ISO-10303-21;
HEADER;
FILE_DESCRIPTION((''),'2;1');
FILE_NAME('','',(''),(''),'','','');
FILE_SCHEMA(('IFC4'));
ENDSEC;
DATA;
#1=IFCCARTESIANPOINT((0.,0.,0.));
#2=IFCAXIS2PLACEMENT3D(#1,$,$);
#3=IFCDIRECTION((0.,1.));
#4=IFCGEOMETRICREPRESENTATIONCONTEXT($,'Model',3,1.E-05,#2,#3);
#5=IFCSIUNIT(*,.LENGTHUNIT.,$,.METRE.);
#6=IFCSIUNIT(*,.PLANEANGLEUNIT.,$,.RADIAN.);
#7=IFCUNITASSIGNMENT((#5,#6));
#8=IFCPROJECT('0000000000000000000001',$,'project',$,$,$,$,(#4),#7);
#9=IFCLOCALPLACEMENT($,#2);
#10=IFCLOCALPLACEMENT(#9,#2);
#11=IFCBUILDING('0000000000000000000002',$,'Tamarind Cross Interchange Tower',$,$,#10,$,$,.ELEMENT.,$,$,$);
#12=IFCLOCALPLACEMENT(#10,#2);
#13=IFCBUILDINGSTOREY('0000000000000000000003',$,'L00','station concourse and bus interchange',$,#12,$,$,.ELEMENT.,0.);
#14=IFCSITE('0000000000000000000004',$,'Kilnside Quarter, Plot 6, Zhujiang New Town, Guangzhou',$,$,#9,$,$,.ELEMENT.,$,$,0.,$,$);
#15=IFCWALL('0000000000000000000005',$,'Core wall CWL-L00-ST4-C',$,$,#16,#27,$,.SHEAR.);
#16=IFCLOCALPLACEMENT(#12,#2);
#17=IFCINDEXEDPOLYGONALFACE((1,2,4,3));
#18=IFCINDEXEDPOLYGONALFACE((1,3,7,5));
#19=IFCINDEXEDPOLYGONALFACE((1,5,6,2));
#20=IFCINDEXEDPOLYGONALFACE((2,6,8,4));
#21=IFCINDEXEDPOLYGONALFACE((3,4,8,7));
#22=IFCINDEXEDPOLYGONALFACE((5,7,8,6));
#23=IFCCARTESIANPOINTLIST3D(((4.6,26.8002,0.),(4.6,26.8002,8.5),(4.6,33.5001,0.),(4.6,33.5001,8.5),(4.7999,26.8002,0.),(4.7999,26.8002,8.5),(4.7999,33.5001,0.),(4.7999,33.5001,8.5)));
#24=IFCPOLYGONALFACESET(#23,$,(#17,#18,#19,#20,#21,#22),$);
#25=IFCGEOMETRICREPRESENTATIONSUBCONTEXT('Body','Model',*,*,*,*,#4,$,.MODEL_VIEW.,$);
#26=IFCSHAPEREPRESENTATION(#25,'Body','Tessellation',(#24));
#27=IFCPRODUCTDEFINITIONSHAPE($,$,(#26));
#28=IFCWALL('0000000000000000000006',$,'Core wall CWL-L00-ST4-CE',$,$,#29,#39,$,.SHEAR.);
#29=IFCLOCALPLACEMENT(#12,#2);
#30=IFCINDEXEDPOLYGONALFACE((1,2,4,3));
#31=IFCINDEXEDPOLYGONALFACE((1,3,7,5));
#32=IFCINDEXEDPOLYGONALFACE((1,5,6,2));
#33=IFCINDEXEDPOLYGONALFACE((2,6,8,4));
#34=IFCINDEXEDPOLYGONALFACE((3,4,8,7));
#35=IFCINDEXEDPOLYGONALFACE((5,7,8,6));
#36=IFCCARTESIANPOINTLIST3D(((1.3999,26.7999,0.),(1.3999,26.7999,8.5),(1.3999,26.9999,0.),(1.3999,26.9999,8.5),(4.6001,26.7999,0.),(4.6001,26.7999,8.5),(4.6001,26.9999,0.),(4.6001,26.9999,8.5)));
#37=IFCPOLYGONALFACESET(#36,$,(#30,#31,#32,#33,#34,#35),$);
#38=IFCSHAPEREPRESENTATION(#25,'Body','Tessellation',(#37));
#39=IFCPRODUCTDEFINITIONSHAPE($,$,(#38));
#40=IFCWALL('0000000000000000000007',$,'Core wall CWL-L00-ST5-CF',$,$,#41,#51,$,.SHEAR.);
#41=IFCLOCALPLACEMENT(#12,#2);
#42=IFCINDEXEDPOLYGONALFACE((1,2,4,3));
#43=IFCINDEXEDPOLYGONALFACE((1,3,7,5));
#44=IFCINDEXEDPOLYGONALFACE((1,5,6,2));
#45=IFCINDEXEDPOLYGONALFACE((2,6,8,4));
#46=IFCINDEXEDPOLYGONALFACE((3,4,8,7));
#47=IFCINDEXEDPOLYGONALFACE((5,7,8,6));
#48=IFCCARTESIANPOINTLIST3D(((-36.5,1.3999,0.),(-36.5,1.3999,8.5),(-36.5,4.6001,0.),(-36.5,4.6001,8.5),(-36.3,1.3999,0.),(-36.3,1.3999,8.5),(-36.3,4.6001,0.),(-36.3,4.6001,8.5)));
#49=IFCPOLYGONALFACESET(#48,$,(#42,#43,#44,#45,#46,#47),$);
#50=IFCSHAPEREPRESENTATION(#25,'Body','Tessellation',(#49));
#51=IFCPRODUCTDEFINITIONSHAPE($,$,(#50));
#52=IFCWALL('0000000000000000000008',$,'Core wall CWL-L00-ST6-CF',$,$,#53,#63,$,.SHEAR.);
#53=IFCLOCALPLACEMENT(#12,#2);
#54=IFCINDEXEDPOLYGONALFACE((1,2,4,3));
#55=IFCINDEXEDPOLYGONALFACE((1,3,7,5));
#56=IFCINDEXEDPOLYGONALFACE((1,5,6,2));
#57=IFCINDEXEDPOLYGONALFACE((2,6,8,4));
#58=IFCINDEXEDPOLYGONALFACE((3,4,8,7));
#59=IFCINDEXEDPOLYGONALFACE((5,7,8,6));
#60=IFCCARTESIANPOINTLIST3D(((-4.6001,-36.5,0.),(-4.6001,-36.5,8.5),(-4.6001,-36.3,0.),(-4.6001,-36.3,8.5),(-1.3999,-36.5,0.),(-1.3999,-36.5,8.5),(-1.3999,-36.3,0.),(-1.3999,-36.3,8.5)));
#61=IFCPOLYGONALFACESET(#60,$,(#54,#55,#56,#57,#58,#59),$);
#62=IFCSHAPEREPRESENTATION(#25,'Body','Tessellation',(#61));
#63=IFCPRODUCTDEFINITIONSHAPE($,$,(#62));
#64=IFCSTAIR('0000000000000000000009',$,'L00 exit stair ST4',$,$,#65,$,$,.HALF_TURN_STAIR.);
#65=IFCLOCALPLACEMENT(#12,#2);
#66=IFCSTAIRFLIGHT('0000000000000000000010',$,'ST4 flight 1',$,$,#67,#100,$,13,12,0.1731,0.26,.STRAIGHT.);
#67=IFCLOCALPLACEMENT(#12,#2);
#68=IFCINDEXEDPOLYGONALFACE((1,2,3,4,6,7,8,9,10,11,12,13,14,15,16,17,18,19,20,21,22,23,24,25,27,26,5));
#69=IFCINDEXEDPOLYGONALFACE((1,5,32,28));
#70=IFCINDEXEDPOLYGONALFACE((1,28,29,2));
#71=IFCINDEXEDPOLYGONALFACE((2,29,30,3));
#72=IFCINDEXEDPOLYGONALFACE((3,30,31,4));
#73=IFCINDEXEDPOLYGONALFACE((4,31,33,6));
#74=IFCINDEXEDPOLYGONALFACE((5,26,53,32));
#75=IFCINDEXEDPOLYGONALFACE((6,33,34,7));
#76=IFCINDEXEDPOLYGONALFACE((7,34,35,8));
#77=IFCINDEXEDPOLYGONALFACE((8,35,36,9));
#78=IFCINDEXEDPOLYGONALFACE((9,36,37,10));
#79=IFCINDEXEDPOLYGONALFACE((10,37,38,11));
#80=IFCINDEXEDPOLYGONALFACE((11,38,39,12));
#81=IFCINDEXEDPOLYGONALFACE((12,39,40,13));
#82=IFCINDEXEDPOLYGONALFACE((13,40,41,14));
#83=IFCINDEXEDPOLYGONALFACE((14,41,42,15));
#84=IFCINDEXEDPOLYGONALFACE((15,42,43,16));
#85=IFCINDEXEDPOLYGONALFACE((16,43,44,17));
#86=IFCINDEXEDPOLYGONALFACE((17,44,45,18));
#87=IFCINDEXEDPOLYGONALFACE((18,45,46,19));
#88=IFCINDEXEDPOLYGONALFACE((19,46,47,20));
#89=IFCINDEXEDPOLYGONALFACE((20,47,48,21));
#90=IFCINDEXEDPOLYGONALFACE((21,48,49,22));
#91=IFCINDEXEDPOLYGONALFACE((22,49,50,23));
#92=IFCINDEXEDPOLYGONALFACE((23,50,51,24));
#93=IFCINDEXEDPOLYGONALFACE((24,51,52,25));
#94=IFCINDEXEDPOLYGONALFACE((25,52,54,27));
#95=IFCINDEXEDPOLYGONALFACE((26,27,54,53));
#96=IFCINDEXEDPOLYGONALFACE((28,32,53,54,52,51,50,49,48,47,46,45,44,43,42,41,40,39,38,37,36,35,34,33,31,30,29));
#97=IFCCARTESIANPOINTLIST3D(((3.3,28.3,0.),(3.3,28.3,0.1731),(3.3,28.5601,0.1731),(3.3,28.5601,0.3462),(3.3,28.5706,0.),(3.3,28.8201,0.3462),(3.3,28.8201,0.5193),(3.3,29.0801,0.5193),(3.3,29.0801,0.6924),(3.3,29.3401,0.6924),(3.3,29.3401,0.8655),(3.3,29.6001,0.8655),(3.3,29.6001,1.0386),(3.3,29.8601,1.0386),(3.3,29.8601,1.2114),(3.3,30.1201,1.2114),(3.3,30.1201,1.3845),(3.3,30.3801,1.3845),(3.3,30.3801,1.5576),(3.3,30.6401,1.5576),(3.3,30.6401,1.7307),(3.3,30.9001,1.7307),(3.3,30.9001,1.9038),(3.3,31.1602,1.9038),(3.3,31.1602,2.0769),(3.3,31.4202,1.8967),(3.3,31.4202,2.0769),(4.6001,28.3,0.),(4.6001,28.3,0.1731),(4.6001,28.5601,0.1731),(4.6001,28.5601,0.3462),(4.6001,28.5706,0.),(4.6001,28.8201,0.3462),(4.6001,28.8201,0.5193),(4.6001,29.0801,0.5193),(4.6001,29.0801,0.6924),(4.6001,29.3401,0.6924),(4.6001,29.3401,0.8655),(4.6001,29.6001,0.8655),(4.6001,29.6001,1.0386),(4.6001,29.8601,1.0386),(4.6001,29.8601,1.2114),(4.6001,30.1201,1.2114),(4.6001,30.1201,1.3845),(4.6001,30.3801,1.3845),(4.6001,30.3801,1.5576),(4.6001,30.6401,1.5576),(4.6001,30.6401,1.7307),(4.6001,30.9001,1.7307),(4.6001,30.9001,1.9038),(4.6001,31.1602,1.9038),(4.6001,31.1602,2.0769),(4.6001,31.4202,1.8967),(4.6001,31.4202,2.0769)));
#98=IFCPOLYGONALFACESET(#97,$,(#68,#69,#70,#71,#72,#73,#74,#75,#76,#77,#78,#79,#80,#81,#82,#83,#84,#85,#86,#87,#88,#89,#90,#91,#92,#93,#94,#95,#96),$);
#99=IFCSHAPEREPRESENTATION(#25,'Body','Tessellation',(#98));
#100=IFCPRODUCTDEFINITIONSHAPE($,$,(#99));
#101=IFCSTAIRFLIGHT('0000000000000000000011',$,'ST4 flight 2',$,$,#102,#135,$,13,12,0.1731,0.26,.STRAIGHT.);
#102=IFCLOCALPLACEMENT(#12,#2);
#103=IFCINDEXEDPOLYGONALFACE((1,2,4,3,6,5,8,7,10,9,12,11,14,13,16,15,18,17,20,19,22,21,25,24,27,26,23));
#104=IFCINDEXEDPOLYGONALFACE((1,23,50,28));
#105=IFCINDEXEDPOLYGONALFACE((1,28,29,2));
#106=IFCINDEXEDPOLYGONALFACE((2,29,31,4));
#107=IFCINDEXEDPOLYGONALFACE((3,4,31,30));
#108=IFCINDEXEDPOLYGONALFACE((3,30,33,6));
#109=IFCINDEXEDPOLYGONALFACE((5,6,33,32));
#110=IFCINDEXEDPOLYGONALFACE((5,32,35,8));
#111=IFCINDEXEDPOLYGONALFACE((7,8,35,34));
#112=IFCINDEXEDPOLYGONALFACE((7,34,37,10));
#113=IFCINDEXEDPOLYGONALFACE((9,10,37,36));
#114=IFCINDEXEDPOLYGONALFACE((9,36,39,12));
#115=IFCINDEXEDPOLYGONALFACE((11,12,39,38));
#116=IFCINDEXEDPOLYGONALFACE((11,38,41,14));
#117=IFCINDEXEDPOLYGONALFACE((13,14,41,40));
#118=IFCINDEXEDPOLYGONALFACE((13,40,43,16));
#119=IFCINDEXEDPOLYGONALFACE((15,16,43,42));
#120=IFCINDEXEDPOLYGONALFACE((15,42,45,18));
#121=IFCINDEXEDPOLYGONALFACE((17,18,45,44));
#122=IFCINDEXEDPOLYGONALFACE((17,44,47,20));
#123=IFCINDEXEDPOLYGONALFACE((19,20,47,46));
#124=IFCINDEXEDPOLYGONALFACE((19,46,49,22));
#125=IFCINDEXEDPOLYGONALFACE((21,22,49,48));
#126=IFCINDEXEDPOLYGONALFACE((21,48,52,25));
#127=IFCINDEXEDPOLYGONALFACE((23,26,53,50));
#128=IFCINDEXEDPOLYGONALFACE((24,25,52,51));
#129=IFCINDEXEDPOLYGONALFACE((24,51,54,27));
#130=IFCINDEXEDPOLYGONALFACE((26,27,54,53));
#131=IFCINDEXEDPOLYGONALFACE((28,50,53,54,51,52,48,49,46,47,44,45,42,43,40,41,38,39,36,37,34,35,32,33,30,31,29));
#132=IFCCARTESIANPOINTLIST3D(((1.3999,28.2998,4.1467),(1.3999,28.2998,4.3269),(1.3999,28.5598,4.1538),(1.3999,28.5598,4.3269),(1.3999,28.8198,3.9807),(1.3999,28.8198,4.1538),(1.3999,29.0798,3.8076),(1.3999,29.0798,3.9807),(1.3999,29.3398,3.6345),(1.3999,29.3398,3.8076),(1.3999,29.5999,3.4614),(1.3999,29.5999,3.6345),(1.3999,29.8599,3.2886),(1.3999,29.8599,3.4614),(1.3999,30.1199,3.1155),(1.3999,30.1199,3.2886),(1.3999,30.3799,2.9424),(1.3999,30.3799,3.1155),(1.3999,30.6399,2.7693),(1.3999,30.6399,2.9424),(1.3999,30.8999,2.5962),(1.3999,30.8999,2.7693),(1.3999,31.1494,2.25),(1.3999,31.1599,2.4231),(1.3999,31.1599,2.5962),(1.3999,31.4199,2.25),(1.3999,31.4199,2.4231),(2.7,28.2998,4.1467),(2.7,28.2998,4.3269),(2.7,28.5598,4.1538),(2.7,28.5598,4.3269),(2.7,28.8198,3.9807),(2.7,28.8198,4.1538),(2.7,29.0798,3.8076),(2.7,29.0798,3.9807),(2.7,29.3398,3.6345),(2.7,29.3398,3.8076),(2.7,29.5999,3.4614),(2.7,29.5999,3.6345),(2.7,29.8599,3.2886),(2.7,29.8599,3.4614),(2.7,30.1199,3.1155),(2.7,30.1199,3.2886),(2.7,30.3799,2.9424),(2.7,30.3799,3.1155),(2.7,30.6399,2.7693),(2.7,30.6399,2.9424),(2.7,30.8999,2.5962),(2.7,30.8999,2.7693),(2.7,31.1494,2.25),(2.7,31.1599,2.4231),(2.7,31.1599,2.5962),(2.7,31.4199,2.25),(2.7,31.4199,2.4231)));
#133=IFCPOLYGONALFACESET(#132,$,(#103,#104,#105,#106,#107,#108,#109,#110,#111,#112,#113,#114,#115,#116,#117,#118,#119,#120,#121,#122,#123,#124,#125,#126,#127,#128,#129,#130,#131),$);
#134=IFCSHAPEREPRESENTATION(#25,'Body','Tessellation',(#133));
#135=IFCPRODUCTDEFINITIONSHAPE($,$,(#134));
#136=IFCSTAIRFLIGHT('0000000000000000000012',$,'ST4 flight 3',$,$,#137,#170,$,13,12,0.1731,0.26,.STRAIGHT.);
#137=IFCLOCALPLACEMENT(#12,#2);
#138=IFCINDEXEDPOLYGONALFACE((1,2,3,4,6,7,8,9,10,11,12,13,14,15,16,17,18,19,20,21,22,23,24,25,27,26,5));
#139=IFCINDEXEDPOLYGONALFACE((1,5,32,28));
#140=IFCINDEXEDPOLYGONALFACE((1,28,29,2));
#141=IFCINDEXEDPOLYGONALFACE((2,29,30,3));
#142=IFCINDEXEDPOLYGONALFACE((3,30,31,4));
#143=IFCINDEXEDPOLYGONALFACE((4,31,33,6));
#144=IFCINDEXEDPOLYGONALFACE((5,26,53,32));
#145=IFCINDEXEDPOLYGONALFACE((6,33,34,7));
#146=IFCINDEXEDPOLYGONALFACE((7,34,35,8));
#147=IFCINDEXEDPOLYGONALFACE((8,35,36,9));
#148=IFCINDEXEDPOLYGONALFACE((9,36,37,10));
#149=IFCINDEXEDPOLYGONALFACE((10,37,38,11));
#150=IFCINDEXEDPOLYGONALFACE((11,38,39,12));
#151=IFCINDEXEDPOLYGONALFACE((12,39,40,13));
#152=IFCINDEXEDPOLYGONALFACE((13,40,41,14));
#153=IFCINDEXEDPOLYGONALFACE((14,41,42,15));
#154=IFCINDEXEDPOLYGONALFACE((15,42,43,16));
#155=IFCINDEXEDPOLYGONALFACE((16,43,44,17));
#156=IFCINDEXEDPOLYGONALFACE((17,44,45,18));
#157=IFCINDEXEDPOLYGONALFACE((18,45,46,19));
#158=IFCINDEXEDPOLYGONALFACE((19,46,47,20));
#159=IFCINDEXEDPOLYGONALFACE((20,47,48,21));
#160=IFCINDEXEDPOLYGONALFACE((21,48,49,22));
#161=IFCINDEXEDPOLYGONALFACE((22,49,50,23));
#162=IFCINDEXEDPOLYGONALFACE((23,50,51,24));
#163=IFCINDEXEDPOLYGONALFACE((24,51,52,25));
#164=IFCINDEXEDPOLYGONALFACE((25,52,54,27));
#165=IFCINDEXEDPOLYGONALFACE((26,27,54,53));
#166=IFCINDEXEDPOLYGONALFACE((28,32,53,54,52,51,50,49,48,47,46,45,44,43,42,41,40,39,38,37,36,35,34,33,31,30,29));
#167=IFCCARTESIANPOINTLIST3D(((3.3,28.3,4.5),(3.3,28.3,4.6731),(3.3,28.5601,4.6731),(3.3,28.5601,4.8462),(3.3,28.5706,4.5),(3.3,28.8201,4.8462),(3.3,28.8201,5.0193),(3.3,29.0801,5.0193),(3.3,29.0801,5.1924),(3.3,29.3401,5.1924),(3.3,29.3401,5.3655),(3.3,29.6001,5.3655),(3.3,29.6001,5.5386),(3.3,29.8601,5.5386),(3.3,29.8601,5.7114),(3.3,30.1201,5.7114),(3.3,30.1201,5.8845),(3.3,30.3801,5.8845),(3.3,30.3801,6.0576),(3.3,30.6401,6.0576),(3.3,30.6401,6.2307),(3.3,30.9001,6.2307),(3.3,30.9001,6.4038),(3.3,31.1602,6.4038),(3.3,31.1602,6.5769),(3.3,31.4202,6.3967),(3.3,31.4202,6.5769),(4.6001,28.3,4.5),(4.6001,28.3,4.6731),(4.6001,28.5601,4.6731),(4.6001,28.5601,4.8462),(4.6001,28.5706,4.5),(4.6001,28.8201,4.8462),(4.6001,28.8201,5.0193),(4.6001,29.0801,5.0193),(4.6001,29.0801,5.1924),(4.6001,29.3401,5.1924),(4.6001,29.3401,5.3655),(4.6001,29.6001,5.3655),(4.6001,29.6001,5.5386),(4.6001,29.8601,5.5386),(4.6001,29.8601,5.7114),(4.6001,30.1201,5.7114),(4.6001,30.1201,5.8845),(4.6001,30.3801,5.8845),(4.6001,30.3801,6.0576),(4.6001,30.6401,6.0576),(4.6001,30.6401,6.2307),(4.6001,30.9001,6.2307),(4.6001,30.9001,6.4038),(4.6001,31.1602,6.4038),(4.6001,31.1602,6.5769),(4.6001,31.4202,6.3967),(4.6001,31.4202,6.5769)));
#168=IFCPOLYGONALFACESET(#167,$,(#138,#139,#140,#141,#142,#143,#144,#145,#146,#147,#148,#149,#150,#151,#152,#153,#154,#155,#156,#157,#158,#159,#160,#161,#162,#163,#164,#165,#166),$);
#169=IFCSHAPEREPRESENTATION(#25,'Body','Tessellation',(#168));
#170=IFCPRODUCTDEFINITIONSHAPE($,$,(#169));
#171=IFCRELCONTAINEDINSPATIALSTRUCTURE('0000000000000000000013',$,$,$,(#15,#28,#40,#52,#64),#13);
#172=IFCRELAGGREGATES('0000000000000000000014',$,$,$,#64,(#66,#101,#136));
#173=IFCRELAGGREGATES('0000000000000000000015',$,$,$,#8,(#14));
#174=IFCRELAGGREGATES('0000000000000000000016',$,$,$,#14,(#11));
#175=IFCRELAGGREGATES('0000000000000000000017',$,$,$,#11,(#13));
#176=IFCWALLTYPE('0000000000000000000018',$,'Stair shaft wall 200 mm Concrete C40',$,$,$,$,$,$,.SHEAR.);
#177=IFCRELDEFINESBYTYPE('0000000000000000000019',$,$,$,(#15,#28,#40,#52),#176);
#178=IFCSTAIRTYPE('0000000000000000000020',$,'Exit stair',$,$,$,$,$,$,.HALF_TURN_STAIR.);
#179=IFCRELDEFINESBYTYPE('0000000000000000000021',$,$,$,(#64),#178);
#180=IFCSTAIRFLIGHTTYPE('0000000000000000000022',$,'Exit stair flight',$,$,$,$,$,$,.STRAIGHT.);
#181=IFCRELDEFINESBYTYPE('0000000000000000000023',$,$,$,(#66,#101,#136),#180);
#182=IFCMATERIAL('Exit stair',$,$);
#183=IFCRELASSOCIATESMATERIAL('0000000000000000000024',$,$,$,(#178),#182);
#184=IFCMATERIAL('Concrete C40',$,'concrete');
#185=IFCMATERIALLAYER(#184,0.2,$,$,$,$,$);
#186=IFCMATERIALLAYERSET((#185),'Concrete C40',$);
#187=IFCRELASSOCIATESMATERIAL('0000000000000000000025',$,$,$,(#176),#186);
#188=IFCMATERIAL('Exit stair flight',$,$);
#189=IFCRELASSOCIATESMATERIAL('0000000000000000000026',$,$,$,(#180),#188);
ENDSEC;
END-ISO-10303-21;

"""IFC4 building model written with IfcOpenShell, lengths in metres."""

from ifc_helpers import new_model, si_unit, direction, frame, frame_2d, origin, place, context, subcontext, project, spatial, polyline, rectangle, outline, extrude, material, layer, layer_set, type_object, element, aggregate, save


model = new_model("IFC4")

# Units and contexts
model_context = context("Model", 3, precision=1e-05, world=origin(), true_north=direction((0.0, 1.0)))
body_context = subcontext(model_context, "Body", "Model", "MODEL_VIEW")
ifc_project = project(units=[si_unit("LENGTHUNIT", "METRE"), si_unit("PLANEANGLEUNIT", "RADIAN")], contexts=[model_context])

# Site, building, storey
site_placement = place(None, origin())
site = spatial("IfcSite", under=ifc_project, at=site_placement, Name="Kilnside Quarter, Plot 6, Zhujiang New Town, Guangzhou", CompositionType="ELEMENT", RefElevation=0.0)
building_placement = place(site_placement, origin())
building = spatial("IfcBuilding", under=site, at=building_placement, Name="Tamarind Cross Interchange Tower", CompositionType="ELEMENT")
storey_placement = place(building_placement, origin())
storey = spatial("IfcBuildingStorey", under=building, at=storey_placement, Name="L00", Description="station concourse and bus interchange", CompositionType="ELEMENT", Elevation=0.0)

# Shared definitions
ifc_material_1 = material(Name="Exit stair")
stair_type = type_object("IfcStairType", Name="Exit stair", PredefinedType="HALF_TURN_STAIR", material=ifc_material_1)
ifc_material_2 = material(Name="Concrete C40", Category="concrete")

# Shared definitions
ifc_layer_1 = layer(ifc_material_2, 0.2)
ifc_layer_set_1 = layer_set([ifc_layer_1], Name="Concrete C40")
wall_type_1 = type_object("IfcWallType", Name="Stair shaft wall 200 mm Concrete C40", PredefinedType="SHEAR", material=ifc_layer_set_1)

# Walls
wall_1_placement = place(storey_placement, frame((4.7, 26.8, 0.0), z_axis=(0.0, 0.0, 1.0), x_axis=(0.0, 1.0, 0.0)))
element("IfcWall", 1, at=wall_1_placement, inside=storey, type_object=wall_type_1, Name="Core wall CWL-L00-ST4-C", PredefinedType="SHEAR", context=body_context, shape_type="SweptSolid", body=[
    extrude(rectangle(XDim=6.7, YDim=0.2, at=frame_2d((3.3501, 0.0))), origin(), (0.0, 0.0, 1.0), 8.5),
])
wall_2_placement = place(storey_placement, frame((4.6001, 26.8999, 0.0), z_axis=(0.0, 0.0, 1.0), x_axis=(-1.0, 0.0, 0.0)))
element("IfcWall", 2, at=wall_2_placement, inside=storey, type_object=wall_type_1, Name="Core wall CWL-L00-ST4-CE", PredefinedType="SHEAR", context=body_context, shape_type="SweptSolid", body=[
    extrude(rectangle(XDim=3.2002, YDim=0.2, at=frame_2d((1.6001, 0.0))), origin(), (0.0, 0.0, 1.0), 8.5),
])
wall_3_placement = place(storey_placement, origin())
element("IfcWall", 3, at=wall_3_placement, inside=storey, type_object=wall_type_1, Name="Core wall CWL-L00-ST5-CF", PredefinedType="SHEAR", context=body_context, shape_type="SweptSolid", body=[
    extrude(outline(polyline([(-36.3, 4.6001), (-36.5, 4.6001), (-36.5, 1.3999), (-36.3, 1.3999), (-36.3, 4.6001)])), origin(), (0.0, 0.0, 1.0), 8.5),
])
wall_4_placement = place(storey_placement, origin())
element("IfcWall", 4, at=wall_4_placement, inside=storey, type_object=wall_type_1, Name="Core wall CWL-L00-ST6-CF", PredefinedType="SHEAR", context=body_context, shape_type="SweptSolid", body=[
    extrude(outline(polyline([(-4.6001, -36.3), (-4.6001, -36.5), (-1.3999, -36.5), (-1.3999, -36.3), (-4.6001, -36.3)])), origin(), (0.0, 0.0, 1.0), 8.5),
])

# Stair, stair flights
stair_1_placement = place(storey_placement, origin())
stair_1 = element("IfcStair", 5, at=stair_1_placement, inside=storey, type_object=stair_type, Name="L00 exit stair ST4", PredefinedType="HALF_TURN_STAIR")
ifc_material_3 = material(Name="Exit stair flight")
stair_flight_type = type_object("IfcStairFlightType", Name="Exit stair flight", PredefinedType="STRAIGHT", material=ifc_material_3)
stair_flight_1_placement = place(storey_placement, frame((3.95, 28.3, 0.0), z_axis=(0.0, 0.0, 1.0), x_axis=(0.0, 1.0, 0.0)))
stair_flight_1 = element("IfcStairFlight", 6, at=stair_flight_1_placement, type_object=stair_flight_type, Name="ST4 flight 1", NumberOfRisers=13, NumberOfTreads=12, PredefinedType="STRAIGHT", RiserHeight=0.1731, TreadLength=0.26, context=body_context, shape_type="SweptSolid", body=[
    extrude(outline(polyline([(0.0, 0.0), (0.0, 0.1731), (0.26, 0.1731), (0.26, 0.3462), (0.52, 0.3462), (0.52, 0.5193), (0.78, 0.5193), (0.78, 0.6924), (1.04, 0.6924), (1.04, 0.8655), (1.3, 0.8655), (1.3, 1.0386), (1.5601, 1.0386), (1.5601, 1.2114), (1.8201, 1.2114), (1.8201, 1.3845), (2.0801, 1.3845), (2.0801, 1.5576), (2.3401, 1.5576), (2.3401, 1.7307), (2.6001, 1.7307), (2.6001, 1.9038), (2.8601, 1.9038), (2.8601, 2.0769), (3.1201, 2.0769), (3.1201, 2.25), (3.1201, 1.8967), (0.2705, 0.0), (0.0, 0.0)])), frame((0.0, 0.6499, 0.0), z_axis=(0.0, -1.0, 0.0), x_axis=(1.0, 0.0, 0.0)), (0.0, 0.0, 1.0), 1.3),
])
stair_flight_2_placement = place(storey_placement, frame((2.05, 31.4199, 2.25), z_axis=(0.0, 0.0, 1.0), x_axis=(0.0, -1.0, 0.0)))
stair_flight_2 = element("IfcStairFlight", 7, at=stair_flight_2_placement, type_object=stair_flight_type, Name="ST4 flight 2", NumberOfRisers=13, NumberOfTreads=12, PredefinedType="STRAIGHT", RiserHeight=0.1731, TreadLength=0.26, context=body_context, shape_type="SweptSolid", body=[
    extrude(outline(polyline([(0.0, 0.0), (0.0, 0.1731), (0.26, 0.1731), (0.26, 0.3462), (0.52, 0.3462), (0.52, 0.5193), (0.78, 0.5193), (0.78, 0.6924), (1.04, 0.6924), (1.04, 0.8655), (1.3, 0.8655), (1.3, 1.0386), (1.5601, 1.0386), (1.5601, 1.2114), (1.8201, 1.2114), (1.8201, 1.3845), (2.0801, 1.3845), (2.0801, 1.5576), (2.3401, 1.5576), (2.3401, 1.7307), (2.6001, 1.7307), (2.6001, 1.9038), (2.8601, 1.9038), (2.8601, 2.0769), (3.1201, 2.0769), (3.1201, 2.25), (3.1201, 1.8967), (0.2705, 0.0), (0.0, 0.0)])), frame((0.0, 0.6499, 0.0), z_axis=(0.0, -1.0, 0.0), x_axis=(1.0, 0.0, 0.0)), (0.0, 0.0, 1.0), 1.3),
])
stair_flight_3_placement = place(storey_placement, frame((3.95, 28.3, 4.5), z_axis=(0.0, 0.0, 1.0), x_axis=(0.0, 1.0, 0.0)))
stair_flight_3 = element("IfcStairFlight", 8, at=stair_flight_3_placement, type_object=stair_flight_type, Name="ST4 flight 3", NumberOfRisers=13, NumberOfTreads=12, PredefinedType="STRAIGHT", RiserHeight=0.1731, TreadLength=0.26, context=body_context, shape_type="SweptSolid", body=[
    extrude(outline(polyline([(0.0, 0.0), (0.0, 0.1731), (0.26, 0.1731), (0.26, 0.3462), (0.52, 0.3462), (0.52, 0.5193), (0.78, 0.5193), (0.78, 0.6924), (1.04, 0.6924), (1.04, 0.8655), (1.3, 0.8655), (1.3, 1.0386), (1.5601, 1.0386), (1.5601, 1.2114), (1.8201, 1.2114), (1.8201, 1.3845), (2.0801, 1.3845), (2.0801, 1.5576), (2.3401, 1.5576), (2.3401, 1.7307), (2.6001, 1.7307), (2.6001, 1.9038), (2.8601, 1.9038), (2.8601, 2.0769), (3.1201, 2.0769), (3.1201, 2.25), (3.1201, 1.8967), (0.2705, 0.0), (0.0, 0.0)])), frame((0.0, 0.6499, 0.0), z_axis=(0.0, -1.0, 0.0), x_axis=(1.0, 0.0, 0.0)), (0.0, 0.0, 1.0), 1.3),
])
aggregate(stair_1, [stair_flight_1, stair_flight_2, stair_flight_3])

save(model, "model.ifc")
